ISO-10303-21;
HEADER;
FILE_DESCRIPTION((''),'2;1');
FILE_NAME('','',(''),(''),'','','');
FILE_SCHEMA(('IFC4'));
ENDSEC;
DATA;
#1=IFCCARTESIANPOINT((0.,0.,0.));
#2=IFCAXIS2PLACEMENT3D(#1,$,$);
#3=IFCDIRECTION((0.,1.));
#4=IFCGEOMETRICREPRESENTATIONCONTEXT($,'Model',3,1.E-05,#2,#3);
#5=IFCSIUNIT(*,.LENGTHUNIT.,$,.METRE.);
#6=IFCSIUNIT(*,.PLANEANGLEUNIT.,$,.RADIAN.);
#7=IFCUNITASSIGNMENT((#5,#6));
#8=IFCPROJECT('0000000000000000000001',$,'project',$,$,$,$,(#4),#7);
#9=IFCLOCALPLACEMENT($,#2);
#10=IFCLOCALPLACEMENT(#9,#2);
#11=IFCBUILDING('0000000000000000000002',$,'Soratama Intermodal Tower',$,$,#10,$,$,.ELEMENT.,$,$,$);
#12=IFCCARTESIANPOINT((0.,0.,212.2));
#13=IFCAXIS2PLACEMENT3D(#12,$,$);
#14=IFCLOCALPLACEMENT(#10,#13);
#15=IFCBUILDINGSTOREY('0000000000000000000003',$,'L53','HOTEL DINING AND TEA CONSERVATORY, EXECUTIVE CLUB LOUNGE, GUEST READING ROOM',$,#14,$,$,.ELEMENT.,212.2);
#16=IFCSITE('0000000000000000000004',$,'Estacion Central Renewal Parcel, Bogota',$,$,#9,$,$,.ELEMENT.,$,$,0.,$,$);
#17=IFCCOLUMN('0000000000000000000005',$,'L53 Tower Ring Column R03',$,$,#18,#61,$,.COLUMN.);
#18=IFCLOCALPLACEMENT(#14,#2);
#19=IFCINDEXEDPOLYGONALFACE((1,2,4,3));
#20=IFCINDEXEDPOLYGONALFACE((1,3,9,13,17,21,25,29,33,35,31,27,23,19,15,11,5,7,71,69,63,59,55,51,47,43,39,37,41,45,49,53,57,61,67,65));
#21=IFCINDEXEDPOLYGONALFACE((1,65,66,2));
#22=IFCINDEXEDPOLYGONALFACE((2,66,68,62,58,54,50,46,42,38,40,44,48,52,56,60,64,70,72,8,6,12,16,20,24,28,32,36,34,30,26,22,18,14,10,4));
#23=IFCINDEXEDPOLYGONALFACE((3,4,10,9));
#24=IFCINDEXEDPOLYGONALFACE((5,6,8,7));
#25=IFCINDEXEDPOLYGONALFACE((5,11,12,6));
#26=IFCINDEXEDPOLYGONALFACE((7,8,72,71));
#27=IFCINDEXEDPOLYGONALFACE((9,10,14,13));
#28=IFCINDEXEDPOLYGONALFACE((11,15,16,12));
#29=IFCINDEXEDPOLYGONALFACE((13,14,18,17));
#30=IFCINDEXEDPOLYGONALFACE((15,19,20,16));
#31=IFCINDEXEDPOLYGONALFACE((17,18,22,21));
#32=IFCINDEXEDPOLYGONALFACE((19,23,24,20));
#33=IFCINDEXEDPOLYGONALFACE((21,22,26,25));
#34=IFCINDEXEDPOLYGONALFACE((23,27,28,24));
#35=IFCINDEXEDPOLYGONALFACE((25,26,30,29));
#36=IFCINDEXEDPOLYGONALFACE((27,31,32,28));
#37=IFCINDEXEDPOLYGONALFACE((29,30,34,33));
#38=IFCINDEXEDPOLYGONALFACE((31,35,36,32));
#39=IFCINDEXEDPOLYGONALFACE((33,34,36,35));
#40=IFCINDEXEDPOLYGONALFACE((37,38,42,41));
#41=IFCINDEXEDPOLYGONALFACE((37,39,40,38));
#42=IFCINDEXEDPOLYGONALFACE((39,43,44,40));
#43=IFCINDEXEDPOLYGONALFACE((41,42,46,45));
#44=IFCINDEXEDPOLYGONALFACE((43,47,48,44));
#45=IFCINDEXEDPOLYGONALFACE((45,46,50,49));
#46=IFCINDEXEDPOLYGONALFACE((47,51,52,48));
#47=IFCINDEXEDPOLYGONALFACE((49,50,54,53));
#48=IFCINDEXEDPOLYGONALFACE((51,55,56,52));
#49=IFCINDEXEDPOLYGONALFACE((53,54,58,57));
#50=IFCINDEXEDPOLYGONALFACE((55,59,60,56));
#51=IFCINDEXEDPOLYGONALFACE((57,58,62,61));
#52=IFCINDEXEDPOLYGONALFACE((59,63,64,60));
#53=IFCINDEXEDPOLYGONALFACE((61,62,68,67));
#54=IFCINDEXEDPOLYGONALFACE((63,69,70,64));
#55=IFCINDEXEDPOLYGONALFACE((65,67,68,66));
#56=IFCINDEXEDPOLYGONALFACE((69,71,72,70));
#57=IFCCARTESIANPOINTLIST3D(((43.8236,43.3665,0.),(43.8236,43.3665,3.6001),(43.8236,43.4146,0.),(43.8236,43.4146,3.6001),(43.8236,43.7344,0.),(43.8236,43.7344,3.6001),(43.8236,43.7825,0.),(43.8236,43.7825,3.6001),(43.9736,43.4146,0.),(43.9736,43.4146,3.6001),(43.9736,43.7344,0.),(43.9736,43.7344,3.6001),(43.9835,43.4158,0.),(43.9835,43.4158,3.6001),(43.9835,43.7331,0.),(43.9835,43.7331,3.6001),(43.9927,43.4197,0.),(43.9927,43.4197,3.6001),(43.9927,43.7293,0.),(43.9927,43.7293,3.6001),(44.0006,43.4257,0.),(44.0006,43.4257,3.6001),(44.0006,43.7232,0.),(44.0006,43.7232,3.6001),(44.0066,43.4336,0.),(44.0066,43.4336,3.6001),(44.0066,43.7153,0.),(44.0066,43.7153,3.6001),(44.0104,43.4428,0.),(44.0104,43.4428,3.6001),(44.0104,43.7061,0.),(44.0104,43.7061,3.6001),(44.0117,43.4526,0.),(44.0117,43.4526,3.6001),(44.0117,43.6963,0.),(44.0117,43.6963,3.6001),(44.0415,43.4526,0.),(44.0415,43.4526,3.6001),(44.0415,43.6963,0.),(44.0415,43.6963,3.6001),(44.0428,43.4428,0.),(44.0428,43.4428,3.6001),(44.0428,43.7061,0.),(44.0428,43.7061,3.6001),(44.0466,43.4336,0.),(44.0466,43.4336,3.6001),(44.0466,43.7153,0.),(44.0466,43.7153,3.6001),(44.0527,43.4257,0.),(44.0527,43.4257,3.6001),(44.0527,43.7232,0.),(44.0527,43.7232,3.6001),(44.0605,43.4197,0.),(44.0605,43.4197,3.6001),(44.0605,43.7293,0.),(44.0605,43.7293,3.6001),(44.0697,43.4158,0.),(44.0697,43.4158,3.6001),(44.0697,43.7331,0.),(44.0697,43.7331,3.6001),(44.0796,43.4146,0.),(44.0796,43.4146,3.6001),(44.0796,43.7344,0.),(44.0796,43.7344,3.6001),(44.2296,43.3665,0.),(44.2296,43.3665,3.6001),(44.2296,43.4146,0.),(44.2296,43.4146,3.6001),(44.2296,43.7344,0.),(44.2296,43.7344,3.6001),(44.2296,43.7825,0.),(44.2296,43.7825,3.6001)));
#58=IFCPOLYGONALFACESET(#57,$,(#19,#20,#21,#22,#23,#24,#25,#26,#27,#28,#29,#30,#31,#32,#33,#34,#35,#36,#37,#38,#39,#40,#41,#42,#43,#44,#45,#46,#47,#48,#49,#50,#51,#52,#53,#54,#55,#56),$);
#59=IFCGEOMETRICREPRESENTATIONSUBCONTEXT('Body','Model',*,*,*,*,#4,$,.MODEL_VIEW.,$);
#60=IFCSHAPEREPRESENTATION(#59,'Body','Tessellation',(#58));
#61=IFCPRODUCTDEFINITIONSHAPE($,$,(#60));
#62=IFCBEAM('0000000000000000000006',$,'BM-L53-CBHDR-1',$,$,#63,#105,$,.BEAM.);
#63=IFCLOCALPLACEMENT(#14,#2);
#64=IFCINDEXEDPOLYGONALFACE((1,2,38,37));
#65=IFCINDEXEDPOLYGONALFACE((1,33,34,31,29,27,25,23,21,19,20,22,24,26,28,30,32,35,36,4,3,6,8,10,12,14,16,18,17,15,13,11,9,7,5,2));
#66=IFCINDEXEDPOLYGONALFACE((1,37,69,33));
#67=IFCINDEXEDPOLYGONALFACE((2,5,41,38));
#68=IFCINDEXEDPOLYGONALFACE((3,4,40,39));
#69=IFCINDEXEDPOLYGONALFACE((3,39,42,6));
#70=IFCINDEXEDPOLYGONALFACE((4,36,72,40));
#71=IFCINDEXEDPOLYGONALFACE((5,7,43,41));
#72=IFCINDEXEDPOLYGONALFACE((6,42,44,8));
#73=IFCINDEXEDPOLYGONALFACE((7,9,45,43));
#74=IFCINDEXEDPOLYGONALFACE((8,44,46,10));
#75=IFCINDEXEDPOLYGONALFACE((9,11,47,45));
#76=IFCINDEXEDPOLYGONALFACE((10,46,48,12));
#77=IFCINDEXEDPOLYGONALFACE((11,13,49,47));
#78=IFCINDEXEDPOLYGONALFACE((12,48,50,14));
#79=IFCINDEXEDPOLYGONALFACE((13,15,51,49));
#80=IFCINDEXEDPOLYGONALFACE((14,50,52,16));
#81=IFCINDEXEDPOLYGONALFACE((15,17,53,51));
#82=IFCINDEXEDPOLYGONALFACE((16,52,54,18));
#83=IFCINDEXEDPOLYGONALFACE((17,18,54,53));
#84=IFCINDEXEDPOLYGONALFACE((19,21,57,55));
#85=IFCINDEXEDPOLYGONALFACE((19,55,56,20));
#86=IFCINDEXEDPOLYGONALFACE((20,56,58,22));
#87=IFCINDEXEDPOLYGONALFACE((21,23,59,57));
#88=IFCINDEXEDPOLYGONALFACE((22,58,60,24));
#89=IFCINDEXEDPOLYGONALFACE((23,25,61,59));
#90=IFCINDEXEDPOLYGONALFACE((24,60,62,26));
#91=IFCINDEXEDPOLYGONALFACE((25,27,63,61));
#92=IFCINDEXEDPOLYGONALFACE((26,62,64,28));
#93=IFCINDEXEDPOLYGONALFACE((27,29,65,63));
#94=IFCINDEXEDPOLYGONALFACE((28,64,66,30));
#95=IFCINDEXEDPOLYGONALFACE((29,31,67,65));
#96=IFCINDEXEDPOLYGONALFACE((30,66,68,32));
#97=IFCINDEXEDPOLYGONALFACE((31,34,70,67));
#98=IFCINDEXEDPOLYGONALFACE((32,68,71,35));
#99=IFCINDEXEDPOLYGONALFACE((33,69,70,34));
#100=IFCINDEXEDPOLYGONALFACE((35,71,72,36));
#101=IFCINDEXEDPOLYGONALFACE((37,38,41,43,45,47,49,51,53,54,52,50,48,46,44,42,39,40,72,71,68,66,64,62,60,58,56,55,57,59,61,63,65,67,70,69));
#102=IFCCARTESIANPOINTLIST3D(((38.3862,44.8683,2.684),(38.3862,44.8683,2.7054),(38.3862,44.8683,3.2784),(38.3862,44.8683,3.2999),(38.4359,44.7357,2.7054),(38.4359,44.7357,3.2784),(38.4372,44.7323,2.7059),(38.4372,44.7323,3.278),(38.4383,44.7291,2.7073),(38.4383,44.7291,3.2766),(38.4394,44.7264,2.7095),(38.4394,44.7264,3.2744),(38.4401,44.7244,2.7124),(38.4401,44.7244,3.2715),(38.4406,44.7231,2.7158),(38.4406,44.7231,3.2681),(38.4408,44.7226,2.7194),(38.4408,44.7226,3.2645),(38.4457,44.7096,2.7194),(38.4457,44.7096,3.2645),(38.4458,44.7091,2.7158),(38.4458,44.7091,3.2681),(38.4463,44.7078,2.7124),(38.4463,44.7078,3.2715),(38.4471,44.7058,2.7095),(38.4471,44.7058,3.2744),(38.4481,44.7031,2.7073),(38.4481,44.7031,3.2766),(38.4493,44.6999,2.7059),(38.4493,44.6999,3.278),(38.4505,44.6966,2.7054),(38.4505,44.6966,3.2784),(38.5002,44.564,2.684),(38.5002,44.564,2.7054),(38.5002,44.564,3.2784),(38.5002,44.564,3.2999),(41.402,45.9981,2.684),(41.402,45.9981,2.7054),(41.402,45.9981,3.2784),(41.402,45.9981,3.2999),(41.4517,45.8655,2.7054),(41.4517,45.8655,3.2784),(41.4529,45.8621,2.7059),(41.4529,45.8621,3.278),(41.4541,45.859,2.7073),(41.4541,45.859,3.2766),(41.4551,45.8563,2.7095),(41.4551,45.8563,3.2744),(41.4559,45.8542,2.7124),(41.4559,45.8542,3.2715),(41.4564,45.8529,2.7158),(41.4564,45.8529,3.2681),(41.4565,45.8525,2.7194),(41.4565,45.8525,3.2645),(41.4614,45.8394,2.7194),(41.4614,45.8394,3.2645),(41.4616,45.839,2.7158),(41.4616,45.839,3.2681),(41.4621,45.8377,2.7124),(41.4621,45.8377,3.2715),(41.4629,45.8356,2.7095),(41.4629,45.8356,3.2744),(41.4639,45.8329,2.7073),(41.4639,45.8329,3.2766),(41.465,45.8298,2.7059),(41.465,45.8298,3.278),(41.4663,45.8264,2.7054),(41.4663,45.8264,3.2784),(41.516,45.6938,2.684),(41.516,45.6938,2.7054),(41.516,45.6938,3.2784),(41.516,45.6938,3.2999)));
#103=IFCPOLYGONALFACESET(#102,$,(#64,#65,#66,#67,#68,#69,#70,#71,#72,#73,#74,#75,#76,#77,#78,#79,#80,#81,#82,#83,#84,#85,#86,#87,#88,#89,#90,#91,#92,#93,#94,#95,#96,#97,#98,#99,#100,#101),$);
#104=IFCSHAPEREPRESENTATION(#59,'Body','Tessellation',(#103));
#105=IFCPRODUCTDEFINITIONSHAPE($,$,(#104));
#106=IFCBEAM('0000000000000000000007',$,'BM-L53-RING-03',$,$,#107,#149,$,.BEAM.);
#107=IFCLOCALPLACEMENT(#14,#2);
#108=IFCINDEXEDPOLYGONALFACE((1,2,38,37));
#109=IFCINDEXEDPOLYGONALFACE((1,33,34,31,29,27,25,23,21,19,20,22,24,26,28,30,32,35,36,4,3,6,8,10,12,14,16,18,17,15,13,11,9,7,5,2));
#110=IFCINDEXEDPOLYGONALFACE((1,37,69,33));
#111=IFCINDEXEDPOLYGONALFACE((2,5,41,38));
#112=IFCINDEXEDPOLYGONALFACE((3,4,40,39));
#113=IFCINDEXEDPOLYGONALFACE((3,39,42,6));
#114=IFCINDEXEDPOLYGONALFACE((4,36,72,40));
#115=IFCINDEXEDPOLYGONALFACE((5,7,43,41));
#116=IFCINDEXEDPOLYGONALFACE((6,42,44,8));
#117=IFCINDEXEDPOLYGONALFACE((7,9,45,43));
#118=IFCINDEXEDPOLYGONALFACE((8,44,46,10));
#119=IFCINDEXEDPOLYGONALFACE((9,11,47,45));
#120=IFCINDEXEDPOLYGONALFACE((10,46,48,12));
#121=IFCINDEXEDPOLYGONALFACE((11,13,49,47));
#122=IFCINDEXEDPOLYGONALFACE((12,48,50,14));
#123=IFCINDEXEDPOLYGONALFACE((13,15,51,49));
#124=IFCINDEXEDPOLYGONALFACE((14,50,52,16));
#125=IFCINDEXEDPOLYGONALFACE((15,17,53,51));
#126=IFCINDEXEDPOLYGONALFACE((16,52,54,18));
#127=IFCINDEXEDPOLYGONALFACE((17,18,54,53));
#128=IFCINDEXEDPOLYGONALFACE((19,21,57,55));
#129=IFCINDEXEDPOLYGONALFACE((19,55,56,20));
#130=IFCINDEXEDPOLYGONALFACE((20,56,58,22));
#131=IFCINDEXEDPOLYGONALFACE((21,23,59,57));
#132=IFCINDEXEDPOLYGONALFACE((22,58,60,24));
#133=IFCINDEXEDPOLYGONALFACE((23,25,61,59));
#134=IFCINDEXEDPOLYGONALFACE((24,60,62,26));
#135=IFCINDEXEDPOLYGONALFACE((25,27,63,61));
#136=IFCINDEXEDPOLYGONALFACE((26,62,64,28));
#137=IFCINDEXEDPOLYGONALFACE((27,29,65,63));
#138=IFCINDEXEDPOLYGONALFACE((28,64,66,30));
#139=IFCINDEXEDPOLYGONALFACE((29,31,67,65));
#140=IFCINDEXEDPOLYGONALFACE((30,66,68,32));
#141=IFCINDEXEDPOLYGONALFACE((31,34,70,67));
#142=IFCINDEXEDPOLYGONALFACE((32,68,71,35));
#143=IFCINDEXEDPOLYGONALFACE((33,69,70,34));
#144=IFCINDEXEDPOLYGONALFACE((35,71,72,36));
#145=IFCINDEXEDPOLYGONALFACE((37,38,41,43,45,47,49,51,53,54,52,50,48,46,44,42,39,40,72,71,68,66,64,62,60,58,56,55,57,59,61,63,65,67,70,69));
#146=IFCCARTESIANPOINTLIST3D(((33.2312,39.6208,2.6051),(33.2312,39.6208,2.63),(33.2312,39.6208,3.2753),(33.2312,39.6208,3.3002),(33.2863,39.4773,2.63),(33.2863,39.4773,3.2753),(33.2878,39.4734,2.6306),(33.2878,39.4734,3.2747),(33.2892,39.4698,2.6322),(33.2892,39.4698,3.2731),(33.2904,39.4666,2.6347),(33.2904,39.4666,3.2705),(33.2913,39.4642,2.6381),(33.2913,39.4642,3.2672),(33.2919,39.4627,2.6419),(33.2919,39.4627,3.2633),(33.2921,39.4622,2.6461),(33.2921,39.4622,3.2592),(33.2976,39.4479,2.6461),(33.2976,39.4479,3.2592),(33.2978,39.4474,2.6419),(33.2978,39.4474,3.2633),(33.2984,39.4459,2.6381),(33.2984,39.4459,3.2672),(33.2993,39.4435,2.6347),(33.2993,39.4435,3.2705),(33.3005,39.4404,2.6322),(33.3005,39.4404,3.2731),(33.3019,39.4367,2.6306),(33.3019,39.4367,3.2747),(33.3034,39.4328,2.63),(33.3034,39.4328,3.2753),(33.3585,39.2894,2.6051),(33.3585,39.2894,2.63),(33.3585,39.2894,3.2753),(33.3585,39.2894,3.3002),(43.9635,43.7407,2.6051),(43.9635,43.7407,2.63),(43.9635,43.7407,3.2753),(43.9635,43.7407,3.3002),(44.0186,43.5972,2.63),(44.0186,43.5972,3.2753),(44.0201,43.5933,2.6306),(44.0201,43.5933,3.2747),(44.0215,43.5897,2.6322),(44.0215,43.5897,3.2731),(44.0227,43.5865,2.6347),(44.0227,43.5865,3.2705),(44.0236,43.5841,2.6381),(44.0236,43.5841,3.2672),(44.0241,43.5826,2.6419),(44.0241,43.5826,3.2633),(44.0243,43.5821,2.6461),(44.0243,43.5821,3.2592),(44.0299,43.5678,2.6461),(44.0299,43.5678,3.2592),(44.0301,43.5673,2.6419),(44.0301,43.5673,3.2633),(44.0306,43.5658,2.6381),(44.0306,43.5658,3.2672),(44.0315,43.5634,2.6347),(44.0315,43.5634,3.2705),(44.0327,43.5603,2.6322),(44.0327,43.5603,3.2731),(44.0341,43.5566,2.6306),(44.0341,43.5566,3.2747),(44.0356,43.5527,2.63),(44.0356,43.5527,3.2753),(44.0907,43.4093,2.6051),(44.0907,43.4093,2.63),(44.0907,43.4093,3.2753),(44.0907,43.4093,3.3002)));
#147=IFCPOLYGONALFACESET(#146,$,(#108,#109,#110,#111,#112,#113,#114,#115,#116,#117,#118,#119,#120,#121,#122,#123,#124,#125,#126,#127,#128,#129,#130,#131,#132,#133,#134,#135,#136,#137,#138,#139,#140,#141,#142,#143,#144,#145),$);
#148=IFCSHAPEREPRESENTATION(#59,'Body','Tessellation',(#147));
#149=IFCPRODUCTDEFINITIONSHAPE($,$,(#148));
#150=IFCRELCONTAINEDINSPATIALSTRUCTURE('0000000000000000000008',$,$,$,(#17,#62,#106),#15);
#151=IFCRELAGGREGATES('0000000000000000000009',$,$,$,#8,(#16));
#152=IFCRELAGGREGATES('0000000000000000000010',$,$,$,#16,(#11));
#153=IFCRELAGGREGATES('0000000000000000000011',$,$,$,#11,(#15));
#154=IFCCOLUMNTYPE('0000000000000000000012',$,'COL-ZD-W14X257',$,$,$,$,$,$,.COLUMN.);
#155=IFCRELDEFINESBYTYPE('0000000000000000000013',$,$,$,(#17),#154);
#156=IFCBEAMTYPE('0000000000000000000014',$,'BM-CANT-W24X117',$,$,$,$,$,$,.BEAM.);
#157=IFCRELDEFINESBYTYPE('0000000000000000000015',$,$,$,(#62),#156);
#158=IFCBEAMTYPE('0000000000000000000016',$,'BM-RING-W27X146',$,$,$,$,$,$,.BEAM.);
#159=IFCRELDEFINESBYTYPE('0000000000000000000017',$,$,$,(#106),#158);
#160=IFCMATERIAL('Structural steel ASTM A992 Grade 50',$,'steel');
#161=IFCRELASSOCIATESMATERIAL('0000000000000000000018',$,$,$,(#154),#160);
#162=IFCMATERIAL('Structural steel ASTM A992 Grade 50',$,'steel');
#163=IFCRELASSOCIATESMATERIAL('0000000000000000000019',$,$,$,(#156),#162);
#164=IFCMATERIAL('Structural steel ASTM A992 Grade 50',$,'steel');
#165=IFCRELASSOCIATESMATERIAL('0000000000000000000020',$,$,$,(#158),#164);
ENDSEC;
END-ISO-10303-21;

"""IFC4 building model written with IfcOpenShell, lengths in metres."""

from ifc_helpers import new_model, si_unit, direction, frame, origin, origin_2d, place, context, subcontext, project, spatial, i_section, extrude, material, material_profile, profile_set, type_object, element, save


model = new_model("IFC4")

# Units and contexts
model_context = context("Model", 3, precision=1e-05, world=origin(), true_north=direction((0.0, 1.0)))
body_context = subcontext(model_context, "Body", "Model", "MODEL_VIEW")
ifc_project = project(units=[si_unit("LENGTHUNIT", "METRE"), si_unit("PLANEANGLEUNIT", "RADIAN")], contexts=[model_context])

# Site, building, storey
site_placement = place(None, origin())
site = spatial("IfcSite", under=ifc_project, at=site_placement, Name="Estacion Central Renewal Parcel, Bogota", CompositionType="ELEMENT", RefElevation=0.0)
building_placement = place(site_placement, origin())
building = spatial("IfcBuilding", under=site, at=building_placement, Name="Soratama Intermodal Tower", CompositionType="ELEMENT")
storey_placement = place(building_placement, frame((0.0, 0.0, 212.2)))
storey = spatial("IfcBuildingStorey", under=building, at=storey_placement, Name="L53", Description="HOTEL DINING AND TEA CONSERVATORY, EXECUTIVE CLUB LOUNGE, GUEST READING ROOM", CompositionType="ELEMENT", Elevation=212.2)

# Column
ifc_material_1 = material(Name="Structural steel ASTM A992 Grade 50", Category="steel")
ifc_material_profile_1 = material_profile(ifc_material_1, i_section(OverallWidth=0.406, OverallDepth=0.416, WebThickness=0.0298, FlangeThickness=0.0481, FilletRadius=0.0381, at=origin_2d()), Name="W14X257")
ifc_profile_set_1 = profile_set([ifc_material_profile_1], Name="Structural steel ASTM A992 Grade 50")
column_type = type_object("IfcColumnType", Name="COL-ZD-W14X257", PredefinedType="COLUMN", material=ifc_profile_set_1)
column_placement = place(storey_placement, frame((44.0266, 43.5745, 0.0), z_axis=(0.0, 0.0, 1.0), x_axis=(1.0, 0.0, 0.0)))
element("IfcColumn", 1, at=column_placement, inside=storey, type_object=column_type, Name="L53 Tower Ring Column R03", PredefinedType="COLUMN", context=body_context, shape_type="SweptSolid", body=[
    extrude(i_section(OverallWidth=0.406, OverallDepth=0.416, WebThickness=0.0298, FlangeThickness=0.0481, FilletRadius=0.0381, at=origin_2d()), origin(), (0.0, 0.0, 1.0), 3.6001),
])

# Beams
ifc_material_2 = material(Name="Structural steel ASTM A992 Grade 50", Category="steel")
ifc_material_profile_2 = material_profile(ifc_material_2, i_section(OverallWidth=0.325, OverallDepth=0.616, WebThickness=0.0139, FlangeThickness=0.0215, FilletRadius=0.0139, at=origin_2d()), Name="W24X117")
ifc_profile_set_2 = profile_set([ifc_material_profile_2], Name="Structural steel ASTM A992 Grade 50")
beam_type_1 = type_object("IfcBeamType", Name="BM-CANT-W24X117", PredefinedType="BEAM", material=ifc_profile_set_2)
beam_1_placement = place(storey_placement, frame((41.459, 45.8459, 2.9919), z_axis=(-0.936438, -0.350833, 0.0), x_axis=(0.350833, -0.936438, 0.0)))
element("IfcBeam", 2, at=beam_1_placement, inside=storey, type_object=beam_type_1, Name="BM-L53-CBHDR-1", PredefinedType="BEAM", context=body_context, shape_type="SweptSolid", body=[
    extrude(i_section(OverallWidth=0.325, OverallDepth=0.616, WebThickness=0.0139, FlangeThickness=0.0215, FilletRadius=0.0139, at=origin_2d()), origin(), (0.0, 0.0, 1.0), 3.2205),
])
ifc_material_3 = material(Name="Structural steel ASTM A992 Grade 50", Category="steel")
ifc_material_profile_3 = material_profile(ifc_material_3, i_section(OverallWidth=0.355, OverallDepth=0.6951, WebThickness=0.0154, FlangeThickness=0.0249, FilletRadius=0.0161, at=origin_2d()), Name="W27X146")
ifc_profile_set_3 = profile_set([ifc_material_profile_3], Name="Structural steel ASTM A992 Grade 50")
beam_type_2 = type_object("IfcBeamType", Name="BM-RING-W27X146", PredefinedType="BEAM", material=ifc_profile_set_3)
beam_2_placement = place(storey_placement, frame((44.0271, 43.575, 2.9526), z_axis=(-0.933575, -0.358381, 0.0), x_axis=(0.358381, -0.933575, 0.0)))
element("IfcBeam", 3, at=beam_2_placement, inside=storey, type_object=beam_type_2, Name="BM-L53-RING-03", PredefinedType="BEAM", context=body_context, shape_type="SweptSolid", body=[
    extrude(i_section(OverallWidth=0.355, OverallDepth=0.6951, WebThickness=0.0154, FlangeThickness=0.0249, FilletRadius=0.0161, at=origin_2d()), origin(), (0.0, 0.0, 1.0), 11.4958),
])

save(model, "model.ifc")
